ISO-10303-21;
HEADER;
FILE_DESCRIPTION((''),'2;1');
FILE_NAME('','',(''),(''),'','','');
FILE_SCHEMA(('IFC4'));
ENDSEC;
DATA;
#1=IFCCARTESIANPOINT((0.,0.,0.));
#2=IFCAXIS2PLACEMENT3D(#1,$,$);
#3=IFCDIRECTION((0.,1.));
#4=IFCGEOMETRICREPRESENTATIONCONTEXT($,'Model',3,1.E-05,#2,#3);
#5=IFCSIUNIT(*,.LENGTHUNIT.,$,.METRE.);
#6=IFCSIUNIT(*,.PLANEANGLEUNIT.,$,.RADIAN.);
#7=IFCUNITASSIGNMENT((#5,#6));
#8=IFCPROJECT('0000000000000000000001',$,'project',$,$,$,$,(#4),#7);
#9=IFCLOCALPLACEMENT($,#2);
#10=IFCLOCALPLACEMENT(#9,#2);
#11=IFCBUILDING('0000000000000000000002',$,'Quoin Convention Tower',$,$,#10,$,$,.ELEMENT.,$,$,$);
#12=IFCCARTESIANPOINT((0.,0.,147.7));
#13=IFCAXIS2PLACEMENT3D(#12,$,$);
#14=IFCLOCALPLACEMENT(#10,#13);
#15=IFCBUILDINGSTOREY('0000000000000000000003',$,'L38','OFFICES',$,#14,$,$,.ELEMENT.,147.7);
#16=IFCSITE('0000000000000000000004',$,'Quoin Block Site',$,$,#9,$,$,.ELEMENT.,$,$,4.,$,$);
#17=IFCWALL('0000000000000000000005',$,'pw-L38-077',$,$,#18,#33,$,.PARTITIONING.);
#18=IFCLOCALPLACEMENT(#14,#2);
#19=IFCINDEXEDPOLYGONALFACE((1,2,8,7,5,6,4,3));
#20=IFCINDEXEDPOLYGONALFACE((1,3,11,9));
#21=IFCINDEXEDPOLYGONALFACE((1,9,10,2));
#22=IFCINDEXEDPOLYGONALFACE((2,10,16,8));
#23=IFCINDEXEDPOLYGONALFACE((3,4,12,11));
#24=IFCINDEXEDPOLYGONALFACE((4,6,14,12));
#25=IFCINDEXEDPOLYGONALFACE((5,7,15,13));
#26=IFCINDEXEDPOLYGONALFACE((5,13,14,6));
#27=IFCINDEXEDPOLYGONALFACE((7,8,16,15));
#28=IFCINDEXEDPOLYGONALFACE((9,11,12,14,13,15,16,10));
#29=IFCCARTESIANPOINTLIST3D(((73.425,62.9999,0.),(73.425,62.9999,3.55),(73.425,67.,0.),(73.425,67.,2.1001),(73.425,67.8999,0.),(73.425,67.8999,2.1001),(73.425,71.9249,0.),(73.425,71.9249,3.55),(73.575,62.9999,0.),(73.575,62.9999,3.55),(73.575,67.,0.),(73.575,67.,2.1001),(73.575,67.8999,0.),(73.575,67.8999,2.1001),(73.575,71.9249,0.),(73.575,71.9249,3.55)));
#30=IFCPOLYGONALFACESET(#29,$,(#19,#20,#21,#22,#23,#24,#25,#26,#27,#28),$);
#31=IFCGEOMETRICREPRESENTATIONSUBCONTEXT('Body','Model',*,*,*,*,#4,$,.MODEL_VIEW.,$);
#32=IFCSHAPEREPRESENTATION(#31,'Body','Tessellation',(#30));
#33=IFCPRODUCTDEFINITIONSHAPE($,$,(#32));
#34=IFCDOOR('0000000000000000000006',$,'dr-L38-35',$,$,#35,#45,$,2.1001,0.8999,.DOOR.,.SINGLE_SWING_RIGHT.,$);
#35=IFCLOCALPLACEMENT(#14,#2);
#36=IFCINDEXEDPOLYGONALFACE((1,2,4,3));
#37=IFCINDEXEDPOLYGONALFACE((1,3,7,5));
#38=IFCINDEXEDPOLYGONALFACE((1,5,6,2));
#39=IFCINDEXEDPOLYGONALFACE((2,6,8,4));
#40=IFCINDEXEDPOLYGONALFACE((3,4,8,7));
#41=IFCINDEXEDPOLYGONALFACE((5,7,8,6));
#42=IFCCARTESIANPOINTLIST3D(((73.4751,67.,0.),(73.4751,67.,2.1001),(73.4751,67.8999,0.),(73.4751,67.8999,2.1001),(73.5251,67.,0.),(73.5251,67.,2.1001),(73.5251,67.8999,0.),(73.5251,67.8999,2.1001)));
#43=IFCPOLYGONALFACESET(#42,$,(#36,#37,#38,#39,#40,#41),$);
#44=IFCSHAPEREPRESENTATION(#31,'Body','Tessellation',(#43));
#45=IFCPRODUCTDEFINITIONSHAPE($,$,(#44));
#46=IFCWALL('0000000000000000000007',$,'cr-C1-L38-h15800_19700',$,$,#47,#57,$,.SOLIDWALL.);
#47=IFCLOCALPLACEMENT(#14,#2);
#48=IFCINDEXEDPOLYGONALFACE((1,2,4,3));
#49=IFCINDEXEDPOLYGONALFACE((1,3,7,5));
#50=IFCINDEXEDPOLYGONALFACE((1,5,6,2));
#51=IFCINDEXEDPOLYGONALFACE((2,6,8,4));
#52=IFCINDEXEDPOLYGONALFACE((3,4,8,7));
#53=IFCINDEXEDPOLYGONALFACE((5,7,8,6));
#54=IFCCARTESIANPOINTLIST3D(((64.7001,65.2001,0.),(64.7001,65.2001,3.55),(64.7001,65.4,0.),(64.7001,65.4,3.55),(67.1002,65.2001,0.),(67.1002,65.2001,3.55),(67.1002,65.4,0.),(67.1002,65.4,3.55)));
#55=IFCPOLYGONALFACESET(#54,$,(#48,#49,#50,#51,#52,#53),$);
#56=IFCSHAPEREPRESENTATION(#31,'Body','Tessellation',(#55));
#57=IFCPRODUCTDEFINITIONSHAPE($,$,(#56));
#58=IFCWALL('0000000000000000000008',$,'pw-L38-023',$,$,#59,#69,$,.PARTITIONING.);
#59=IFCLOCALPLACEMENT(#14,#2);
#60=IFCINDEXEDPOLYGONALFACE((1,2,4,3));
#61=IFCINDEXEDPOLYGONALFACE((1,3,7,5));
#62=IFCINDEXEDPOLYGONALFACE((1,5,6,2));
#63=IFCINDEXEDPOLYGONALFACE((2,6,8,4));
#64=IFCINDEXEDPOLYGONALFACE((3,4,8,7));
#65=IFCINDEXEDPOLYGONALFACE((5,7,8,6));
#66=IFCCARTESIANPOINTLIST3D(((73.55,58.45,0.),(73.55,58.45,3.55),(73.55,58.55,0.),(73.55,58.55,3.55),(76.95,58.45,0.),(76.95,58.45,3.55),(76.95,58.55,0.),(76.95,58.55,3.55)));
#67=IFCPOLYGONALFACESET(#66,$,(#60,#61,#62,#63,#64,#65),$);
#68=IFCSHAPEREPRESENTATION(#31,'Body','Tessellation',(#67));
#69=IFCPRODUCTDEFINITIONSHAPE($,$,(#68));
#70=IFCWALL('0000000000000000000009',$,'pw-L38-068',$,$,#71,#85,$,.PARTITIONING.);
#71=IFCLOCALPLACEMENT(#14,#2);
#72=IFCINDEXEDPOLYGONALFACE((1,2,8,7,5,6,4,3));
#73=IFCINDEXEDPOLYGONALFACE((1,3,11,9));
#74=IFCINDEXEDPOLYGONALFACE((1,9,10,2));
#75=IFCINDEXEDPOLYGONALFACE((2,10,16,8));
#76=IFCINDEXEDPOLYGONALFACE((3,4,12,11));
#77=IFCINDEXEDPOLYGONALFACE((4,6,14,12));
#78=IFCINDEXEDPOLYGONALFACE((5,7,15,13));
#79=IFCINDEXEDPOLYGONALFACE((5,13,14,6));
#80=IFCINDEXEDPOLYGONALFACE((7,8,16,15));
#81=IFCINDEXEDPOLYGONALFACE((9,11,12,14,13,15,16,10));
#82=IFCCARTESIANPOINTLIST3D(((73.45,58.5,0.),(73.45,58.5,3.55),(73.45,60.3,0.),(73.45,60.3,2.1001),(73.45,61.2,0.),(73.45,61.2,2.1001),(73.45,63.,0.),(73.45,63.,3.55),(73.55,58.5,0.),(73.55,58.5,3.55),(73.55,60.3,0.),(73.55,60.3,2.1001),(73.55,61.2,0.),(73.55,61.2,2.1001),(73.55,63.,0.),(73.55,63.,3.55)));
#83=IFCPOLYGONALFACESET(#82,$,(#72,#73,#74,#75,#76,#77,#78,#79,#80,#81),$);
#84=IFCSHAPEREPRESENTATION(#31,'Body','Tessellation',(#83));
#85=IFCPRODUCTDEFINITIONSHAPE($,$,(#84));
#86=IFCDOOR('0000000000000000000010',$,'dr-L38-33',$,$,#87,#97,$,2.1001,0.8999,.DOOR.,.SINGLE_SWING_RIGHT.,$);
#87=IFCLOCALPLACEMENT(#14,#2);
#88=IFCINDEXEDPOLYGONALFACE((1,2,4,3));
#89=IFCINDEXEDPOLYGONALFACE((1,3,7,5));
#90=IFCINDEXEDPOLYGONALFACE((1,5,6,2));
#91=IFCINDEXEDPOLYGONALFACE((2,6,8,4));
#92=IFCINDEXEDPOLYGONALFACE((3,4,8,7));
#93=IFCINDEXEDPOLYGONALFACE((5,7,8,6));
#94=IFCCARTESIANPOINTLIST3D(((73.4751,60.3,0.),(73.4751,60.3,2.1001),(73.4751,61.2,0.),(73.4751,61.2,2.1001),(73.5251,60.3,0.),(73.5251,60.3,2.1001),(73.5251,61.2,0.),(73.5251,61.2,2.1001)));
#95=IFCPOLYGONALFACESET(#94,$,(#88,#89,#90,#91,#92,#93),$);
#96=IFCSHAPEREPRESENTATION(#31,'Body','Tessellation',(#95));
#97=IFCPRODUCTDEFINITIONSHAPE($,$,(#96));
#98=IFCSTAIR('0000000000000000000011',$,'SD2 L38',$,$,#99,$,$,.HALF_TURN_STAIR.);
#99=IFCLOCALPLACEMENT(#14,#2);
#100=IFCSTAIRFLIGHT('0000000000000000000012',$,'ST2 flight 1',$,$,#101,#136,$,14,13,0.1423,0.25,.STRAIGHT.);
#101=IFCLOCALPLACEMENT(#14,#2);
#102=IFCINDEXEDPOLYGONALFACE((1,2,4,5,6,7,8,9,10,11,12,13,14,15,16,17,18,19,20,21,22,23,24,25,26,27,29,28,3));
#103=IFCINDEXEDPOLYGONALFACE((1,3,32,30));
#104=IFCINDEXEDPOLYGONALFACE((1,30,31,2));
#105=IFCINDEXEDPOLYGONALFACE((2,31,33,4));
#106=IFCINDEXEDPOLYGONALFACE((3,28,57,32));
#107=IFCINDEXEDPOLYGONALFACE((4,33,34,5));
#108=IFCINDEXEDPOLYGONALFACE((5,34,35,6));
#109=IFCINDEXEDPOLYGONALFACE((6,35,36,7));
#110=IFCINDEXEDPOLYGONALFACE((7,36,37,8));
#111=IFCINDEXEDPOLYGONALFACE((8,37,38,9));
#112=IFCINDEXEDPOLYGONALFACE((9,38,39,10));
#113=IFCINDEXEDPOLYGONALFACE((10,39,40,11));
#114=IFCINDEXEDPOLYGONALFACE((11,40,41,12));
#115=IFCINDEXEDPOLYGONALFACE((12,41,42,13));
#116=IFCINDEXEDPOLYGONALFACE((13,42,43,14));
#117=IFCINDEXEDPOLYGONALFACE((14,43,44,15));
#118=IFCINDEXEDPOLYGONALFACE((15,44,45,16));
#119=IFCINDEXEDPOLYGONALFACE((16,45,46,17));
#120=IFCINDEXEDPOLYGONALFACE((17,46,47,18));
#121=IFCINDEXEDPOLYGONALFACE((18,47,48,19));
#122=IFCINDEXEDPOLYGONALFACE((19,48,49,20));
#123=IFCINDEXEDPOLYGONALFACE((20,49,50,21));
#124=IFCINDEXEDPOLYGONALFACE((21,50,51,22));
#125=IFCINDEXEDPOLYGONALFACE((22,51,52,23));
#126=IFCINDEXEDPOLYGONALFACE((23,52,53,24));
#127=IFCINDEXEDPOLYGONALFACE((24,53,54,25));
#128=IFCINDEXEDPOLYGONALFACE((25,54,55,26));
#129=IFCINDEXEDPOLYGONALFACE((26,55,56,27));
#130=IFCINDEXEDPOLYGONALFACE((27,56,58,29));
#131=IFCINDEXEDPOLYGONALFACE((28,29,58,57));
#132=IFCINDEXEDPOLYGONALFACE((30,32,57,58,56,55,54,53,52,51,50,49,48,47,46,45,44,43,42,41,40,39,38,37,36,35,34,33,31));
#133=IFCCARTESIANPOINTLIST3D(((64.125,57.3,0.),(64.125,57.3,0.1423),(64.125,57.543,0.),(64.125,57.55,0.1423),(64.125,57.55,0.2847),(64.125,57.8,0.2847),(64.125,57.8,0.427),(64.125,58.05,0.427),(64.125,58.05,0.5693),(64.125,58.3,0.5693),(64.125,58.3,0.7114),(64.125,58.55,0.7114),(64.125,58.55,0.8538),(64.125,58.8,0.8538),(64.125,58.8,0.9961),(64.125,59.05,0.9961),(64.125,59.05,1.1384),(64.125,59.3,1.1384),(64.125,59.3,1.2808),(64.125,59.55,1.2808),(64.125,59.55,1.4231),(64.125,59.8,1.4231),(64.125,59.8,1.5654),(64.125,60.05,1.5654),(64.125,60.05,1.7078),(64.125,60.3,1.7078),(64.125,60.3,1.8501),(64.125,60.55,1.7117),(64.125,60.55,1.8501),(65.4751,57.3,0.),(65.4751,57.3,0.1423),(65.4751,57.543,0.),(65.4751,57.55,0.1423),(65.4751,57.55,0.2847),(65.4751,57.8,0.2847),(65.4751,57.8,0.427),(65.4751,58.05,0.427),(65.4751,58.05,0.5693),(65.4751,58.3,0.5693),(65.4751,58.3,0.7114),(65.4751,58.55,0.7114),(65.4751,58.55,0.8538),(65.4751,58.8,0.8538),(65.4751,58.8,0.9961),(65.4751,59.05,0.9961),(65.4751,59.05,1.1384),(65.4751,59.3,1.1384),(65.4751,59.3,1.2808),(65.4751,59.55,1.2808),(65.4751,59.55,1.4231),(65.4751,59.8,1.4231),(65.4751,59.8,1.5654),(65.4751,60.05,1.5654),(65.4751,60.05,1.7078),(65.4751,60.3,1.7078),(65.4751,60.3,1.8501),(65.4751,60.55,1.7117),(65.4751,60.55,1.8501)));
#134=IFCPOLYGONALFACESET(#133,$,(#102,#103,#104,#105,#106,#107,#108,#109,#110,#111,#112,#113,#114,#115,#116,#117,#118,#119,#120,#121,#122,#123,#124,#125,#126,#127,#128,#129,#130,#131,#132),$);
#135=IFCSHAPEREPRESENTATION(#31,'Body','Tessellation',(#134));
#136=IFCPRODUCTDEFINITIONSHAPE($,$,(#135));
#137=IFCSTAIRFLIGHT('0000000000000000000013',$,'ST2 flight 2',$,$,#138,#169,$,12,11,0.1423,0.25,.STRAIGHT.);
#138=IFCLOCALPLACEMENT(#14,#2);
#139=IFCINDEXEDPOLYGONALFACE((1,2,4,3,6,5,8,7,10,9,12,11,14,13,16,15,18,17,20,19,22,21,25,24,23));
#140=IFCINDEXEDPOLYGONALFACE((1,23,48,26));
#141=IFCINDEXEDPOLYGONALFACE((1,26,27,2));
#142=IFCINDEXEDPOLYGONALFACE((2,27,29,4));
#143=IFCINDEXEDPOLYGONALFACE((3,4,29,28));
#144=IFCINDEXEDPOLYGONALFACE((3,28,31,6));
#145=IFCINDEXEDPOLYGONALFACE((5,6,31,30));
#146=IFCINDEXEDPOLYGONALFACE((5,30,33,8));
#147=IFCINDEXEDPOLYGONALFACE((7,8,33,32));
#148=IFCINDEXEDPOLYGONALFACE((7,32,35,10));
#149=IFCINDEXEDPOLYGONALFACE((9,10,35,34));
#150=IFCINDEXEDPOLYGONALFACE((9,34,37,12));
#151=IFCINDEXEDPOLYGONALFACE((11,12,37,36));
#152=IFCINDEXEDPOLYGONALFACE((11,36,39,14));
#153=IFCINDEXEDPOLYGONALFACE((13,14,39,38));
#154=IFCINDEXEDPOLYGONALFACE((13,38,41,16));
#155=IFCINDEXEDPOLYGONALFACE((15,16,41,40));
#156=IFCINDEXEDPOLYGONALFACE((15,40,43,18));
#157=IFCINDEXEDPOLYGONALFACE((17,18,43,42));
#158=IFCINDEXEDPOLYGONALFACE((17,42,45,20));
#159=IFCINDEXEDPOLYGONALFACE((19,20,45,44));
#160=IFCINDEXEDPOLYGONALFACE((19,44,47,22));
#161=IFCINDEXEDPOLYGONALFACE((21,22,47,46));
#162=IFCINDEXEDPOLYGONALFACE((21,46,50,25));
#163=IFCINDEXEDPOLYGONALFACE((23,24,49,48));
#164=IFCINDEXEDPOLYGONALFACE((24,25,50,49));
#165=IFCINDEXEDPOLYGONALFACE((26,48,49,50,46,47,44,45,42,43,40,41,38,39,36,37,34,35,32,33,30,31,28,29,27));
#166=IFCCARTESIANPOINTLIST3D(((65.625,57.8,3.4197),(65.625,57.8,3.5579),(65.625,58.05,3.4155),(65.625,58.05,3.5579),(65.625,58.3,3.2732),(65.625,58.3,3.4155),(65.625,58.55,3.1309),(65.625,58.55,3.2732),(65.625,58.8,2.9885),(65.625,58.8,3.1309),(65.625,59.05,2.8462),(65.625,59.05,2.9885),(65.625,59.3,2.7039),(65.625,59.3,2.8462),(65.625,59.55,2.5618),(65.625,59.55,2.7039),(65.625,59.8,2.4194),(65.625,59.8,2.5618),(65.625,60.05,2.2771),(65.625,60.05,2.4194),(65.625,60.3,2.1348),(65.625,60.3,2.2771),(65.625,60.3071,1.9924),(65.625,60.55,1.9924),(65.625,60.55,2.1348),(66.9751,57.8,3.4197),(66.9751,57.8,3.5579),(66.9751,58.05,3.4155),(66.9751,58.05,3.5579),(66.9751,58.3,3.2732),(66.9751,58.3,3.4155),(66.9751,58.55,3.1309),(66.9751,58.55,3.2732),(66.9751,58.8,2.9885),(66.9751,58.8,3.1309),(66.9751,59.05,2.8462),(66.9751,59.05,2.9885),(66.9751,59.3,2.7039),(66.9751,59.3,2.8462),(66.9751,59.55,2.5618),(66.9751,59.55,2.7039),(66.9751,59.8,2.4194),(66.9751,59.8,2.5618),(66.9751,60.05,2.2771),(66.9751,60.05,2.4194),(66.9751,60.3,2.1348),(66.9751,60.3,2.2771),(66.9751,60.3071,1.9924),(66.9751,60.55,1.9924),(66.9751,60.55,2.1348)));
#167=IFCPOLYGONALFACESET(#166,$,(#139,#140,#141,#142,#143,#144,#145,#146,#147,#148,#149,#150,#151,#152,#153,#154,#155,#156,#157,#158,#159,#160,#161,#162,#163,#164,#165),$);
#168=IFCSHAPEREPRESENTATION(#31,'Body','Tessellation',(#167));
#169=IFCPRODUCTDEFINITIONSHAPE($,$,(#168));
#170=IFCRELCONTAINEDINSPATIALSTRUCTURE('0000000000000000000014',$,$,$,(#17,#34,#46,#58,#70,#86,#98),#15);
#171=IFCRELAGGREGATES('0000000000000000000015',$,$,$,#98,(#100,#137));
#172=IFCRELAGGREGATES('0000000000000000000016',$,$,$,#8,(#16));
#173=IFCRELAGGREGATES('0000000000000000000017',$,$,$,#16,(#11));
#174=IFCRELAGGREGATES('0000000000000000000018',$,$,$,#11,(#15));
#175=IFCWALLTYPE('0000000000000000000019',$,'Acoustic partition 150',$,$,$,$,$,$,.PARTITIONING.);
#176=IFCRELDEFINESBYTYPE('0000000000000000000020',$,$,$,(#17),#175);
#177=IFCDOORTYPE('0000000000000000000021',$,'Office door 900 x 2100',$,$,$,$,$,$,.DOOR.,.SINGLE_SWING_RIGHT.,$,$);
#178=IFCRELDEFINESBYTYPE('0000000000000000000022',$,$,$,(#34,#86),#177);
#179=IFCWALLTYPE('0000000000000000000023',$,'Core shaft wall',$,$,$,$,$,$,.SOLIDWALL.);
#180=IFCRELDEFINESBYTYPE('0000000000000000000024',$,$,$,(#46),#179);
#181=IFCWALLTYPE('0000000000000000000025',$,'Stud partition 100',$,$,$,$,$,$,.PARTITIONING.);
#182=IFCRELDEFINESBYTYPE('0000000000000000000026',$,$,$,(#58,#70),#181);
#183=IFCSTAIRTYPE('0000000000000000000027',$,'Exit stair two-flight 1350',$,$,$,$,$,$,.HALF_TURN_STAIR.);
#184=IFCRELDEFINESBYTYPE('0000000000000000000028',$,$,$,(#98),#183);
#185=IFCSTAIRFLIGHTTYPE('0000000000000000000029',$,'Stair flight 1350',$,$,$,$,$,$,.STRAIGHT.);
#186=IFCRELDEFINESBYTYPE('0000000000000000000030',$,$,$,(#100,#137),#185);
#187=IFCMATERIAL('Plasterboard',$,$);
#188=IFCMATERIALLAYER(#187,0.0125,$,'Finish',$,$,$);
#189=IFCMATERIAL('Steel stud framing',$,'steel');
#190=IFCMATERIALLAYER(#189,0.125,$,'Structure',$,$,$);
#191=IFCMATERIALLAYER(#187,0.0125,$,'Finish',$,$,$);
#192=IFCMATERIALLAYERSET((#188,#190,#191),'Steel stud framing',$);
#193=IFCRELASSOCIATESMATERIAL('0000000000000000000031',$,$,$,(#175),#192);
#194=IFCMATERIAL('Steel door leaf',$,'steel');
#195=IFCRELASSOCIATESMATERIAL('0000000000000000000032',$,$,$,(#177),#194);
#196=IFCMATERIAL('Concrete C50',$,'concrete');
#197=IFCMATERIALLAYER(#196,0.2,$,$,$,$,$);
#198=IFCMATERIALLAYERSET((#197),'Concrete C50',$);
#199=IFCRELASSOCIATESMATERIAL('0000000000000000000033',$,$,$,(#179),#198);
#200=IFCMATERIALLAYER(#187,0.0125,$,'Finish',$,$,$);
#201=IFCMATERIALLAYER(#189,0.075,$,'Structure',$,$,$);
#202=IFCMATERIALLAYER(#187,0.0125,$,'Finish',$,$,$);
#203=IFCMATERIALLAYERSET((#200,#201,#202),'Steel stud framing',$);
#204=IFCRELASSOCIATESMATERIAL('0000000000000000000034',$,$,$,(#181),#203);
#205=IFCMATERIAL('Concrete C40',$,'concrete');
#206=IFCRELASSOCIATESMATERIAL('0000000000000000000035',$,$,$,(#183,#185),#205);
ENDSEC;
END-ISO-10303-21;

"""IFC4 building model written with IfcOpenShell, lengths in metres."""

from ifc_helpers import new_model, si_unit, direction, frame, frame_2d, origin, place, context, subcontext, project, spatial, polyline, rectangle, outline, extrude, material, layer, layer_set, type_object, element, fill, aggregate, save


model = new_model("IFC4")

# Units and contexts
model_context = context("Model", 3, precision=1e-05, world=origin(), true_north=direction((0.0, 1.0)))
body_context = subcontext(model_context, "Body", "Model", "MODEL_VIEW")
ifc_project = project(units=[si_unit("LENGTHUNIT", "METRE"), si_unit("PLANEANGLEUNIT", "RADIAN")], contexts=[model_context])

# Site, building, storey
site_placement = place(None, origin())
site = spatial("IfcSite", under=ifc_project, at=site_placement, Name="Quoin Block Site", CompositionType="ELEMENT", RefElevation=4.0)
building_placement = place(site_placement, origin())
building = spatial("IfcBuilding", under=site, at=building_placement, Name="Quoin Convention Tower", CompositionType="ELEMENT")
storey_placement = place(building_placement, frame((0.0, 0.0, 147.7)))
storey = spatial("IfcBuildingStorey", under=building, at=storey_placement, Name="L38", Description="OFFICES", CompositionType="ELEMENT", Elevation=147.7)

# Shared definitions
ifc_material_1 = material(Name="Concrete C50", Category="concrete")

# Shared definitions
ifc_material_2 = material(Name="Plasterboard")
ifc_layer_1 = layer(ifc_material_2, 0.0125, Name="Finish")
ifc_material_3 = material(Name="Steel stud framing", Category="steel")
ifc_layer_2 = layer(ifc_material_3, 0.125, Name="Structure")
ifc_layer_3 = layer(ifc_material_2, 0.0125, Name="Finish")
ifc_layer_set_1 = layer_set([ifc_layer_1, ifc_layer_2, ifc_layer_3], Name="Steel stud framing")
wall_type_1 = type_object("IfcWallType", Name="Acoustic partition 150", PredefinedType="PARTITIONING", material=ifc_layer_set_1)

# Wall, opening, door
wall_1_placement = place(storey_placement, frame((73.5, 63.0, 0.0), z_axis=(0.0, 0.0, 1.0), x_axis=(0.0, 1.0, 0.0)))
wall_1 = element("IfcWall", 1, at=wall_1_placement, inside=storey, type_object=wall_type_1, Name="pw-L38-077", PredefinedType="PARTITIONING", context=body_context, shape_type="SweptSolid", body=[
    extrude(rectangle(XDim=8.925, YDim=0.1499, at=frame_2d((4.4624, 0.0))), origin(), (0.0, 0.0, 1.0), 3.55),
])
opening_1_placement = place(wall_1_placement, frame((4.0, 0.0, 0.0)))
opening_1 = element("IfcOpeningElement", 2, at=opening_1_placement, cuts=wall_1, PredefinedType="OPENING", context=body_context, shape_type="SweptSolid", body=[
    extrude(rectangle(XDim=0.8999, YDim=2.1001, at=frame_2d((0.45, 1.05))), frame((0.0, 0.085, 0.0), z_axis=(0.0, -1.0, 0.0), x_axis=(1.0, 0.0, 0.0)), (0.0, 0.0, 1.0), 0.1699),
])
ifc_material_4 = material(Name="Steel door leaf", Category="steel")
door_type = type_object("IfcDoorType", Name="Office door 900 x 2100", OperationType="SINGLE_SWING_RIGHT", PredefinedType="DOOR", material=ifc_material_4)
door_1_placement = place(opening_1_placement, origin())
door_1 = element("IfcDoor", 3, at=door_1_placement, inside=storey, type_object=door_type, Name="dr-L38-35", OperationType="SINGLE_SWING_RIGHT", OverallHeight=2.1001, OverallWidth=0.8999, PredefinedType="DOOR", context=body_context, shape_type="SweptSolid", body=[
    extrude(rectangle(XDim=0.8999, YDim=2.1001, at=frame_2d((0.45, 1.05))), frame((0.0, 0.0249, 0.0), z_axis=(0.0, -1.0, 0.0), x_axis=(1.0, 0.0, 0.0)), (0.0, 0.0, 1.0), 0.05),
])
fill(opening_1, door_1)

# Walls
ifc_layer_4 = layer(ifc_material_1, 0.2)
ifc_layer_set_2 = layer_set([ifc_layer_4], Name="Concrete C50")
wall_type_2 = type_object("IfcWallType", Name="Core shaft wall", PredefinedType="SOLIDWALL", material=ifc_layer_set_2)
wall_2_placement = place(storey_placement, frame((64.7, 65.3, 0.0), z_axis=(0.0, 0.0, 1.0), x_axis=(1.0, 0.0, 0.0)))
element("IfcWall", 4, at=wall_2_placement, inside=storey, type_object=wall_type_2, Name="cr-C1-L38-h15800_19700", PredefinedType="SOLIDWALL", context=body_context, shape_type="SweptSolid", body=[
    extrude(rectangle(XDim=2.4001, YDim=0.2, at=frame_2d((1.2002, 0.0))), origin(), (0.0, 0.0, 1.0), 3.55),
])
ifc_layer_5 = layer(ifc_material_2, 0.0125, Name="Finish")
ifc_layer_6 = layer(ifc_material_3, 0.075, Name="Structure")
ifc_layer_7 = layer(ifc_material_2, 0.0125, Name="Finish")
ifc_layer_set_3 = layer_set([ifc_layer_5, ifc_layer_6, ifc_layer_7], Name="Steel stud framing")
wall_type_3 = type_object("IfcWallType", Name="Stud partition 100", PredefinedType="PARTITIONING", material=ifc_layer_set_3)
wall_3_placement = place(storey_placement, frame((73.55, 58.5, 0.0), z_axis=(0.0, 0.0, 1.0), x_axis=(1.0, 0.0, 0.0)))
element("IfcWall", 5, at=wall_3_placement, inside=storey, type_object=wall_type_3, Name="pw-L38-023", PredefinedType="PARTITIONING", context=body_context, shape_type="SweptSolid", body=[
    extrude(rectangle(XDim=3.3999, YDim=0.1001, at=frame_2d((1.7, 0.0))), origin(), (0.0, 0.0, 1.0), 3.55),
])

# Wall, opening, door
wall_4_placement = place(storey_placement, frame((73.5, 58.5, 0.0), z_axis=(0.0, 0.0, 1.0), x_axis=(0.0, 1.0, 0.0)))
wall_4 = element("IfcWall", 6, at=wall_4_placement, inside=storey, type_object=wall_type_3, Name="pw-L38-068", PredefinedType="PARTITIONING", context=body_context, shape_type="SweptSolid", body=[
    extrude(rectangle(XDim=4.5, YDim=0.1001, at=frame_2d((2.25, 0.0))), origin(), (0.0, 0.0, 1.0), 3.55),
])
opening_2_placement = place(wall_4_placement, frame((1.8, 0.0, 0.0)))
opening_2 = element("IfcOpeningElement", 7, at=opening_2_placement, cuts=wall_4, PredefinedType="OPENING", context=body_context, shape_type="SweptSolid", body=[
    extrude(rectangle(XDim=0.8999, YDim=2.1001, at=frame_2d((0.45, 1.05))), frame((0.0, 0.0601, 0.0), z_axis=(0.0, -1.0, 0.0), x_axis=(1.0, 0.0, 0.0)), (0.0, 0.0, 1.0), 0.1201),
])
door_2_placement = place(opening_2_placement, origin())
door_2 = element("IfcDoor", 8, at=door_2_placement, inside=storey, type_object=door_type, Name="dr-L38-33", OperationType="SINGLE_SWING_RIGHT", OverallHeight=2.1001, OverallWidth=0.8999, PredefinedType="DOOR", context=body_context, shape_type="SweptSolid", body=[
    extrude(rectangle(XDim=0.8999, YDim=2.1001, at=frame_2d((0.45, 1.05))), frame((0.0, 0.0249, 0.0), z_axis=(0.0, -1.0, 0.0), x_axis=(1.0, 0.0, 0.0)), (0.0, 0.0, 1.0), 0.05),
])
fill(opening_2, door_2)

# Stair, stair flights
ifc_material_5 = material(Name="Concrete C40", Category="concrete")
stair_type = type_object("IfcStairType", Name="Exit stair two-flight 1350", PredefinedType="HALF_TURN_STAIR", material=ifc_material_5)
stair_placement = place(storey_placement, origin())
stair = element("IfcStair", 9, at=stair_placement, inside=storey, type_object=stair_type, Name="SD2 L38", PredefinedType="HALF_TURN_STAIR")
stair_flight_type = type_object("IfcStairFlightType", Name="Stair flight 1350", PredefinedType="STRAIGHT", material=ifc_material_5)
stair_flight_1_placement = place(storey_placement, frame((64.8, 57.3, 0.0), z_axis=(0.0, 0.0, 1.0), x_axis=(0.0, 1.0, 0.0)))
stair_flight_1 = element("IfcStairFlight", 10, at=stair_flight_1_placement, type_object=stair_flight_type, Name="ST2 flight 1", NumberOfRisers=14, NumberOfTreads=13, PredefinedType="STRAIGHT", RiserHeight=0.1423, TreadLength=0.25, context=body_context, shape_type="SweptSolid", body=[
    extrude(outline(polyline([(0.0, 0.0), (0.0, 0.1423), (0.25, 0.1423), (0.25, 0.2847), (0.5, 0.2847), (0.5, 0.427), (0.75, 0.427), (0.75, 0.5693), (1.0, 0.5693), (1.0, 0.7114), (1.25, 0.7114), (1.25, 0.8538), (1.5, 0.8538), (1.5, 0.9961), (1.75, 0.9961), (1.75, 1.1384), (2.0, 1.1384), (2.0, 1.2808), (2.25, 1.2808), (2.25, 1.4231), (2.5, 1.4231), (2.5, 1.5654), (2.75, 1.5654), (2.75, 1.7078), (3.0, 1.7078), (3.0, 1.8501), (3.25, 1.8501), (3.25, 1.9922), (3.25, 1.7117), (0.2429, 0.0), (0.0, 0.0)])), frame((0.0, 0.675, 0.0), z_axis=(0.0, -1.0, 0.0), x_axis=(1.0, 0.0, 0.0)), (0.0, 0.0, 1.0), 1.3501),
])
stair_flight_2_placement = place(storey_placement, frame((66.3, 60.55, 1.9924), z_axis=(0.0, 0.0, 1.0), x_axis=(0.0, -1.0, 0.0)))
stair_flight_2 = element("IfcStairFlight", 11, at=stair_flight_2_placement, type_object=stair_flight_type, Name="ST2 flight 2", NumberOfRisers=12, NumberOfTreads=11, PredefinedType="STRAIGHT", RiserHeight=0.1423, TreadLength=0.25, context=body_context, shape_type="SweptSolid", body=[
    extrude(outline(polyline([(0.0, 0.0), (0.0, 0.1423), (0.25, 0.1423), (0.25, 0.2847), (0.5, 0.2847), (0.5, 0.427), (0.75, 0.427), (0.75, 0.5693), (1.0, 0.5693), (1.0, 0.7114), (1.25, 0.7114), (1.25, 0.8538), (1.5, 0.8538), (1.5, 0.9961), (1.75, 0.9961), (1.75, 1.1384), (2.0, 1.1384), (2.0, 1.2808), (2.25, 1.2808), (2.25, 1.4231), (2.5, 1.4231), (2.5, 1.5654), (2.75, 1.5654), (2.75, 1.7078), (2.75, 1.4272), (0.2429, 0.0), (0.0, 0.0)])), frame((0.0, 0.675, 0.0), z_axis=(0.0, -1.0, 0.0), x_axis=(1.0, 0.0, 0.0)), (0.0, 0.0, 1.0), 1.3501),
])
aggregate(stair, [stair_flight_1, stair_flight_2])

save(model, "model.ifc")
